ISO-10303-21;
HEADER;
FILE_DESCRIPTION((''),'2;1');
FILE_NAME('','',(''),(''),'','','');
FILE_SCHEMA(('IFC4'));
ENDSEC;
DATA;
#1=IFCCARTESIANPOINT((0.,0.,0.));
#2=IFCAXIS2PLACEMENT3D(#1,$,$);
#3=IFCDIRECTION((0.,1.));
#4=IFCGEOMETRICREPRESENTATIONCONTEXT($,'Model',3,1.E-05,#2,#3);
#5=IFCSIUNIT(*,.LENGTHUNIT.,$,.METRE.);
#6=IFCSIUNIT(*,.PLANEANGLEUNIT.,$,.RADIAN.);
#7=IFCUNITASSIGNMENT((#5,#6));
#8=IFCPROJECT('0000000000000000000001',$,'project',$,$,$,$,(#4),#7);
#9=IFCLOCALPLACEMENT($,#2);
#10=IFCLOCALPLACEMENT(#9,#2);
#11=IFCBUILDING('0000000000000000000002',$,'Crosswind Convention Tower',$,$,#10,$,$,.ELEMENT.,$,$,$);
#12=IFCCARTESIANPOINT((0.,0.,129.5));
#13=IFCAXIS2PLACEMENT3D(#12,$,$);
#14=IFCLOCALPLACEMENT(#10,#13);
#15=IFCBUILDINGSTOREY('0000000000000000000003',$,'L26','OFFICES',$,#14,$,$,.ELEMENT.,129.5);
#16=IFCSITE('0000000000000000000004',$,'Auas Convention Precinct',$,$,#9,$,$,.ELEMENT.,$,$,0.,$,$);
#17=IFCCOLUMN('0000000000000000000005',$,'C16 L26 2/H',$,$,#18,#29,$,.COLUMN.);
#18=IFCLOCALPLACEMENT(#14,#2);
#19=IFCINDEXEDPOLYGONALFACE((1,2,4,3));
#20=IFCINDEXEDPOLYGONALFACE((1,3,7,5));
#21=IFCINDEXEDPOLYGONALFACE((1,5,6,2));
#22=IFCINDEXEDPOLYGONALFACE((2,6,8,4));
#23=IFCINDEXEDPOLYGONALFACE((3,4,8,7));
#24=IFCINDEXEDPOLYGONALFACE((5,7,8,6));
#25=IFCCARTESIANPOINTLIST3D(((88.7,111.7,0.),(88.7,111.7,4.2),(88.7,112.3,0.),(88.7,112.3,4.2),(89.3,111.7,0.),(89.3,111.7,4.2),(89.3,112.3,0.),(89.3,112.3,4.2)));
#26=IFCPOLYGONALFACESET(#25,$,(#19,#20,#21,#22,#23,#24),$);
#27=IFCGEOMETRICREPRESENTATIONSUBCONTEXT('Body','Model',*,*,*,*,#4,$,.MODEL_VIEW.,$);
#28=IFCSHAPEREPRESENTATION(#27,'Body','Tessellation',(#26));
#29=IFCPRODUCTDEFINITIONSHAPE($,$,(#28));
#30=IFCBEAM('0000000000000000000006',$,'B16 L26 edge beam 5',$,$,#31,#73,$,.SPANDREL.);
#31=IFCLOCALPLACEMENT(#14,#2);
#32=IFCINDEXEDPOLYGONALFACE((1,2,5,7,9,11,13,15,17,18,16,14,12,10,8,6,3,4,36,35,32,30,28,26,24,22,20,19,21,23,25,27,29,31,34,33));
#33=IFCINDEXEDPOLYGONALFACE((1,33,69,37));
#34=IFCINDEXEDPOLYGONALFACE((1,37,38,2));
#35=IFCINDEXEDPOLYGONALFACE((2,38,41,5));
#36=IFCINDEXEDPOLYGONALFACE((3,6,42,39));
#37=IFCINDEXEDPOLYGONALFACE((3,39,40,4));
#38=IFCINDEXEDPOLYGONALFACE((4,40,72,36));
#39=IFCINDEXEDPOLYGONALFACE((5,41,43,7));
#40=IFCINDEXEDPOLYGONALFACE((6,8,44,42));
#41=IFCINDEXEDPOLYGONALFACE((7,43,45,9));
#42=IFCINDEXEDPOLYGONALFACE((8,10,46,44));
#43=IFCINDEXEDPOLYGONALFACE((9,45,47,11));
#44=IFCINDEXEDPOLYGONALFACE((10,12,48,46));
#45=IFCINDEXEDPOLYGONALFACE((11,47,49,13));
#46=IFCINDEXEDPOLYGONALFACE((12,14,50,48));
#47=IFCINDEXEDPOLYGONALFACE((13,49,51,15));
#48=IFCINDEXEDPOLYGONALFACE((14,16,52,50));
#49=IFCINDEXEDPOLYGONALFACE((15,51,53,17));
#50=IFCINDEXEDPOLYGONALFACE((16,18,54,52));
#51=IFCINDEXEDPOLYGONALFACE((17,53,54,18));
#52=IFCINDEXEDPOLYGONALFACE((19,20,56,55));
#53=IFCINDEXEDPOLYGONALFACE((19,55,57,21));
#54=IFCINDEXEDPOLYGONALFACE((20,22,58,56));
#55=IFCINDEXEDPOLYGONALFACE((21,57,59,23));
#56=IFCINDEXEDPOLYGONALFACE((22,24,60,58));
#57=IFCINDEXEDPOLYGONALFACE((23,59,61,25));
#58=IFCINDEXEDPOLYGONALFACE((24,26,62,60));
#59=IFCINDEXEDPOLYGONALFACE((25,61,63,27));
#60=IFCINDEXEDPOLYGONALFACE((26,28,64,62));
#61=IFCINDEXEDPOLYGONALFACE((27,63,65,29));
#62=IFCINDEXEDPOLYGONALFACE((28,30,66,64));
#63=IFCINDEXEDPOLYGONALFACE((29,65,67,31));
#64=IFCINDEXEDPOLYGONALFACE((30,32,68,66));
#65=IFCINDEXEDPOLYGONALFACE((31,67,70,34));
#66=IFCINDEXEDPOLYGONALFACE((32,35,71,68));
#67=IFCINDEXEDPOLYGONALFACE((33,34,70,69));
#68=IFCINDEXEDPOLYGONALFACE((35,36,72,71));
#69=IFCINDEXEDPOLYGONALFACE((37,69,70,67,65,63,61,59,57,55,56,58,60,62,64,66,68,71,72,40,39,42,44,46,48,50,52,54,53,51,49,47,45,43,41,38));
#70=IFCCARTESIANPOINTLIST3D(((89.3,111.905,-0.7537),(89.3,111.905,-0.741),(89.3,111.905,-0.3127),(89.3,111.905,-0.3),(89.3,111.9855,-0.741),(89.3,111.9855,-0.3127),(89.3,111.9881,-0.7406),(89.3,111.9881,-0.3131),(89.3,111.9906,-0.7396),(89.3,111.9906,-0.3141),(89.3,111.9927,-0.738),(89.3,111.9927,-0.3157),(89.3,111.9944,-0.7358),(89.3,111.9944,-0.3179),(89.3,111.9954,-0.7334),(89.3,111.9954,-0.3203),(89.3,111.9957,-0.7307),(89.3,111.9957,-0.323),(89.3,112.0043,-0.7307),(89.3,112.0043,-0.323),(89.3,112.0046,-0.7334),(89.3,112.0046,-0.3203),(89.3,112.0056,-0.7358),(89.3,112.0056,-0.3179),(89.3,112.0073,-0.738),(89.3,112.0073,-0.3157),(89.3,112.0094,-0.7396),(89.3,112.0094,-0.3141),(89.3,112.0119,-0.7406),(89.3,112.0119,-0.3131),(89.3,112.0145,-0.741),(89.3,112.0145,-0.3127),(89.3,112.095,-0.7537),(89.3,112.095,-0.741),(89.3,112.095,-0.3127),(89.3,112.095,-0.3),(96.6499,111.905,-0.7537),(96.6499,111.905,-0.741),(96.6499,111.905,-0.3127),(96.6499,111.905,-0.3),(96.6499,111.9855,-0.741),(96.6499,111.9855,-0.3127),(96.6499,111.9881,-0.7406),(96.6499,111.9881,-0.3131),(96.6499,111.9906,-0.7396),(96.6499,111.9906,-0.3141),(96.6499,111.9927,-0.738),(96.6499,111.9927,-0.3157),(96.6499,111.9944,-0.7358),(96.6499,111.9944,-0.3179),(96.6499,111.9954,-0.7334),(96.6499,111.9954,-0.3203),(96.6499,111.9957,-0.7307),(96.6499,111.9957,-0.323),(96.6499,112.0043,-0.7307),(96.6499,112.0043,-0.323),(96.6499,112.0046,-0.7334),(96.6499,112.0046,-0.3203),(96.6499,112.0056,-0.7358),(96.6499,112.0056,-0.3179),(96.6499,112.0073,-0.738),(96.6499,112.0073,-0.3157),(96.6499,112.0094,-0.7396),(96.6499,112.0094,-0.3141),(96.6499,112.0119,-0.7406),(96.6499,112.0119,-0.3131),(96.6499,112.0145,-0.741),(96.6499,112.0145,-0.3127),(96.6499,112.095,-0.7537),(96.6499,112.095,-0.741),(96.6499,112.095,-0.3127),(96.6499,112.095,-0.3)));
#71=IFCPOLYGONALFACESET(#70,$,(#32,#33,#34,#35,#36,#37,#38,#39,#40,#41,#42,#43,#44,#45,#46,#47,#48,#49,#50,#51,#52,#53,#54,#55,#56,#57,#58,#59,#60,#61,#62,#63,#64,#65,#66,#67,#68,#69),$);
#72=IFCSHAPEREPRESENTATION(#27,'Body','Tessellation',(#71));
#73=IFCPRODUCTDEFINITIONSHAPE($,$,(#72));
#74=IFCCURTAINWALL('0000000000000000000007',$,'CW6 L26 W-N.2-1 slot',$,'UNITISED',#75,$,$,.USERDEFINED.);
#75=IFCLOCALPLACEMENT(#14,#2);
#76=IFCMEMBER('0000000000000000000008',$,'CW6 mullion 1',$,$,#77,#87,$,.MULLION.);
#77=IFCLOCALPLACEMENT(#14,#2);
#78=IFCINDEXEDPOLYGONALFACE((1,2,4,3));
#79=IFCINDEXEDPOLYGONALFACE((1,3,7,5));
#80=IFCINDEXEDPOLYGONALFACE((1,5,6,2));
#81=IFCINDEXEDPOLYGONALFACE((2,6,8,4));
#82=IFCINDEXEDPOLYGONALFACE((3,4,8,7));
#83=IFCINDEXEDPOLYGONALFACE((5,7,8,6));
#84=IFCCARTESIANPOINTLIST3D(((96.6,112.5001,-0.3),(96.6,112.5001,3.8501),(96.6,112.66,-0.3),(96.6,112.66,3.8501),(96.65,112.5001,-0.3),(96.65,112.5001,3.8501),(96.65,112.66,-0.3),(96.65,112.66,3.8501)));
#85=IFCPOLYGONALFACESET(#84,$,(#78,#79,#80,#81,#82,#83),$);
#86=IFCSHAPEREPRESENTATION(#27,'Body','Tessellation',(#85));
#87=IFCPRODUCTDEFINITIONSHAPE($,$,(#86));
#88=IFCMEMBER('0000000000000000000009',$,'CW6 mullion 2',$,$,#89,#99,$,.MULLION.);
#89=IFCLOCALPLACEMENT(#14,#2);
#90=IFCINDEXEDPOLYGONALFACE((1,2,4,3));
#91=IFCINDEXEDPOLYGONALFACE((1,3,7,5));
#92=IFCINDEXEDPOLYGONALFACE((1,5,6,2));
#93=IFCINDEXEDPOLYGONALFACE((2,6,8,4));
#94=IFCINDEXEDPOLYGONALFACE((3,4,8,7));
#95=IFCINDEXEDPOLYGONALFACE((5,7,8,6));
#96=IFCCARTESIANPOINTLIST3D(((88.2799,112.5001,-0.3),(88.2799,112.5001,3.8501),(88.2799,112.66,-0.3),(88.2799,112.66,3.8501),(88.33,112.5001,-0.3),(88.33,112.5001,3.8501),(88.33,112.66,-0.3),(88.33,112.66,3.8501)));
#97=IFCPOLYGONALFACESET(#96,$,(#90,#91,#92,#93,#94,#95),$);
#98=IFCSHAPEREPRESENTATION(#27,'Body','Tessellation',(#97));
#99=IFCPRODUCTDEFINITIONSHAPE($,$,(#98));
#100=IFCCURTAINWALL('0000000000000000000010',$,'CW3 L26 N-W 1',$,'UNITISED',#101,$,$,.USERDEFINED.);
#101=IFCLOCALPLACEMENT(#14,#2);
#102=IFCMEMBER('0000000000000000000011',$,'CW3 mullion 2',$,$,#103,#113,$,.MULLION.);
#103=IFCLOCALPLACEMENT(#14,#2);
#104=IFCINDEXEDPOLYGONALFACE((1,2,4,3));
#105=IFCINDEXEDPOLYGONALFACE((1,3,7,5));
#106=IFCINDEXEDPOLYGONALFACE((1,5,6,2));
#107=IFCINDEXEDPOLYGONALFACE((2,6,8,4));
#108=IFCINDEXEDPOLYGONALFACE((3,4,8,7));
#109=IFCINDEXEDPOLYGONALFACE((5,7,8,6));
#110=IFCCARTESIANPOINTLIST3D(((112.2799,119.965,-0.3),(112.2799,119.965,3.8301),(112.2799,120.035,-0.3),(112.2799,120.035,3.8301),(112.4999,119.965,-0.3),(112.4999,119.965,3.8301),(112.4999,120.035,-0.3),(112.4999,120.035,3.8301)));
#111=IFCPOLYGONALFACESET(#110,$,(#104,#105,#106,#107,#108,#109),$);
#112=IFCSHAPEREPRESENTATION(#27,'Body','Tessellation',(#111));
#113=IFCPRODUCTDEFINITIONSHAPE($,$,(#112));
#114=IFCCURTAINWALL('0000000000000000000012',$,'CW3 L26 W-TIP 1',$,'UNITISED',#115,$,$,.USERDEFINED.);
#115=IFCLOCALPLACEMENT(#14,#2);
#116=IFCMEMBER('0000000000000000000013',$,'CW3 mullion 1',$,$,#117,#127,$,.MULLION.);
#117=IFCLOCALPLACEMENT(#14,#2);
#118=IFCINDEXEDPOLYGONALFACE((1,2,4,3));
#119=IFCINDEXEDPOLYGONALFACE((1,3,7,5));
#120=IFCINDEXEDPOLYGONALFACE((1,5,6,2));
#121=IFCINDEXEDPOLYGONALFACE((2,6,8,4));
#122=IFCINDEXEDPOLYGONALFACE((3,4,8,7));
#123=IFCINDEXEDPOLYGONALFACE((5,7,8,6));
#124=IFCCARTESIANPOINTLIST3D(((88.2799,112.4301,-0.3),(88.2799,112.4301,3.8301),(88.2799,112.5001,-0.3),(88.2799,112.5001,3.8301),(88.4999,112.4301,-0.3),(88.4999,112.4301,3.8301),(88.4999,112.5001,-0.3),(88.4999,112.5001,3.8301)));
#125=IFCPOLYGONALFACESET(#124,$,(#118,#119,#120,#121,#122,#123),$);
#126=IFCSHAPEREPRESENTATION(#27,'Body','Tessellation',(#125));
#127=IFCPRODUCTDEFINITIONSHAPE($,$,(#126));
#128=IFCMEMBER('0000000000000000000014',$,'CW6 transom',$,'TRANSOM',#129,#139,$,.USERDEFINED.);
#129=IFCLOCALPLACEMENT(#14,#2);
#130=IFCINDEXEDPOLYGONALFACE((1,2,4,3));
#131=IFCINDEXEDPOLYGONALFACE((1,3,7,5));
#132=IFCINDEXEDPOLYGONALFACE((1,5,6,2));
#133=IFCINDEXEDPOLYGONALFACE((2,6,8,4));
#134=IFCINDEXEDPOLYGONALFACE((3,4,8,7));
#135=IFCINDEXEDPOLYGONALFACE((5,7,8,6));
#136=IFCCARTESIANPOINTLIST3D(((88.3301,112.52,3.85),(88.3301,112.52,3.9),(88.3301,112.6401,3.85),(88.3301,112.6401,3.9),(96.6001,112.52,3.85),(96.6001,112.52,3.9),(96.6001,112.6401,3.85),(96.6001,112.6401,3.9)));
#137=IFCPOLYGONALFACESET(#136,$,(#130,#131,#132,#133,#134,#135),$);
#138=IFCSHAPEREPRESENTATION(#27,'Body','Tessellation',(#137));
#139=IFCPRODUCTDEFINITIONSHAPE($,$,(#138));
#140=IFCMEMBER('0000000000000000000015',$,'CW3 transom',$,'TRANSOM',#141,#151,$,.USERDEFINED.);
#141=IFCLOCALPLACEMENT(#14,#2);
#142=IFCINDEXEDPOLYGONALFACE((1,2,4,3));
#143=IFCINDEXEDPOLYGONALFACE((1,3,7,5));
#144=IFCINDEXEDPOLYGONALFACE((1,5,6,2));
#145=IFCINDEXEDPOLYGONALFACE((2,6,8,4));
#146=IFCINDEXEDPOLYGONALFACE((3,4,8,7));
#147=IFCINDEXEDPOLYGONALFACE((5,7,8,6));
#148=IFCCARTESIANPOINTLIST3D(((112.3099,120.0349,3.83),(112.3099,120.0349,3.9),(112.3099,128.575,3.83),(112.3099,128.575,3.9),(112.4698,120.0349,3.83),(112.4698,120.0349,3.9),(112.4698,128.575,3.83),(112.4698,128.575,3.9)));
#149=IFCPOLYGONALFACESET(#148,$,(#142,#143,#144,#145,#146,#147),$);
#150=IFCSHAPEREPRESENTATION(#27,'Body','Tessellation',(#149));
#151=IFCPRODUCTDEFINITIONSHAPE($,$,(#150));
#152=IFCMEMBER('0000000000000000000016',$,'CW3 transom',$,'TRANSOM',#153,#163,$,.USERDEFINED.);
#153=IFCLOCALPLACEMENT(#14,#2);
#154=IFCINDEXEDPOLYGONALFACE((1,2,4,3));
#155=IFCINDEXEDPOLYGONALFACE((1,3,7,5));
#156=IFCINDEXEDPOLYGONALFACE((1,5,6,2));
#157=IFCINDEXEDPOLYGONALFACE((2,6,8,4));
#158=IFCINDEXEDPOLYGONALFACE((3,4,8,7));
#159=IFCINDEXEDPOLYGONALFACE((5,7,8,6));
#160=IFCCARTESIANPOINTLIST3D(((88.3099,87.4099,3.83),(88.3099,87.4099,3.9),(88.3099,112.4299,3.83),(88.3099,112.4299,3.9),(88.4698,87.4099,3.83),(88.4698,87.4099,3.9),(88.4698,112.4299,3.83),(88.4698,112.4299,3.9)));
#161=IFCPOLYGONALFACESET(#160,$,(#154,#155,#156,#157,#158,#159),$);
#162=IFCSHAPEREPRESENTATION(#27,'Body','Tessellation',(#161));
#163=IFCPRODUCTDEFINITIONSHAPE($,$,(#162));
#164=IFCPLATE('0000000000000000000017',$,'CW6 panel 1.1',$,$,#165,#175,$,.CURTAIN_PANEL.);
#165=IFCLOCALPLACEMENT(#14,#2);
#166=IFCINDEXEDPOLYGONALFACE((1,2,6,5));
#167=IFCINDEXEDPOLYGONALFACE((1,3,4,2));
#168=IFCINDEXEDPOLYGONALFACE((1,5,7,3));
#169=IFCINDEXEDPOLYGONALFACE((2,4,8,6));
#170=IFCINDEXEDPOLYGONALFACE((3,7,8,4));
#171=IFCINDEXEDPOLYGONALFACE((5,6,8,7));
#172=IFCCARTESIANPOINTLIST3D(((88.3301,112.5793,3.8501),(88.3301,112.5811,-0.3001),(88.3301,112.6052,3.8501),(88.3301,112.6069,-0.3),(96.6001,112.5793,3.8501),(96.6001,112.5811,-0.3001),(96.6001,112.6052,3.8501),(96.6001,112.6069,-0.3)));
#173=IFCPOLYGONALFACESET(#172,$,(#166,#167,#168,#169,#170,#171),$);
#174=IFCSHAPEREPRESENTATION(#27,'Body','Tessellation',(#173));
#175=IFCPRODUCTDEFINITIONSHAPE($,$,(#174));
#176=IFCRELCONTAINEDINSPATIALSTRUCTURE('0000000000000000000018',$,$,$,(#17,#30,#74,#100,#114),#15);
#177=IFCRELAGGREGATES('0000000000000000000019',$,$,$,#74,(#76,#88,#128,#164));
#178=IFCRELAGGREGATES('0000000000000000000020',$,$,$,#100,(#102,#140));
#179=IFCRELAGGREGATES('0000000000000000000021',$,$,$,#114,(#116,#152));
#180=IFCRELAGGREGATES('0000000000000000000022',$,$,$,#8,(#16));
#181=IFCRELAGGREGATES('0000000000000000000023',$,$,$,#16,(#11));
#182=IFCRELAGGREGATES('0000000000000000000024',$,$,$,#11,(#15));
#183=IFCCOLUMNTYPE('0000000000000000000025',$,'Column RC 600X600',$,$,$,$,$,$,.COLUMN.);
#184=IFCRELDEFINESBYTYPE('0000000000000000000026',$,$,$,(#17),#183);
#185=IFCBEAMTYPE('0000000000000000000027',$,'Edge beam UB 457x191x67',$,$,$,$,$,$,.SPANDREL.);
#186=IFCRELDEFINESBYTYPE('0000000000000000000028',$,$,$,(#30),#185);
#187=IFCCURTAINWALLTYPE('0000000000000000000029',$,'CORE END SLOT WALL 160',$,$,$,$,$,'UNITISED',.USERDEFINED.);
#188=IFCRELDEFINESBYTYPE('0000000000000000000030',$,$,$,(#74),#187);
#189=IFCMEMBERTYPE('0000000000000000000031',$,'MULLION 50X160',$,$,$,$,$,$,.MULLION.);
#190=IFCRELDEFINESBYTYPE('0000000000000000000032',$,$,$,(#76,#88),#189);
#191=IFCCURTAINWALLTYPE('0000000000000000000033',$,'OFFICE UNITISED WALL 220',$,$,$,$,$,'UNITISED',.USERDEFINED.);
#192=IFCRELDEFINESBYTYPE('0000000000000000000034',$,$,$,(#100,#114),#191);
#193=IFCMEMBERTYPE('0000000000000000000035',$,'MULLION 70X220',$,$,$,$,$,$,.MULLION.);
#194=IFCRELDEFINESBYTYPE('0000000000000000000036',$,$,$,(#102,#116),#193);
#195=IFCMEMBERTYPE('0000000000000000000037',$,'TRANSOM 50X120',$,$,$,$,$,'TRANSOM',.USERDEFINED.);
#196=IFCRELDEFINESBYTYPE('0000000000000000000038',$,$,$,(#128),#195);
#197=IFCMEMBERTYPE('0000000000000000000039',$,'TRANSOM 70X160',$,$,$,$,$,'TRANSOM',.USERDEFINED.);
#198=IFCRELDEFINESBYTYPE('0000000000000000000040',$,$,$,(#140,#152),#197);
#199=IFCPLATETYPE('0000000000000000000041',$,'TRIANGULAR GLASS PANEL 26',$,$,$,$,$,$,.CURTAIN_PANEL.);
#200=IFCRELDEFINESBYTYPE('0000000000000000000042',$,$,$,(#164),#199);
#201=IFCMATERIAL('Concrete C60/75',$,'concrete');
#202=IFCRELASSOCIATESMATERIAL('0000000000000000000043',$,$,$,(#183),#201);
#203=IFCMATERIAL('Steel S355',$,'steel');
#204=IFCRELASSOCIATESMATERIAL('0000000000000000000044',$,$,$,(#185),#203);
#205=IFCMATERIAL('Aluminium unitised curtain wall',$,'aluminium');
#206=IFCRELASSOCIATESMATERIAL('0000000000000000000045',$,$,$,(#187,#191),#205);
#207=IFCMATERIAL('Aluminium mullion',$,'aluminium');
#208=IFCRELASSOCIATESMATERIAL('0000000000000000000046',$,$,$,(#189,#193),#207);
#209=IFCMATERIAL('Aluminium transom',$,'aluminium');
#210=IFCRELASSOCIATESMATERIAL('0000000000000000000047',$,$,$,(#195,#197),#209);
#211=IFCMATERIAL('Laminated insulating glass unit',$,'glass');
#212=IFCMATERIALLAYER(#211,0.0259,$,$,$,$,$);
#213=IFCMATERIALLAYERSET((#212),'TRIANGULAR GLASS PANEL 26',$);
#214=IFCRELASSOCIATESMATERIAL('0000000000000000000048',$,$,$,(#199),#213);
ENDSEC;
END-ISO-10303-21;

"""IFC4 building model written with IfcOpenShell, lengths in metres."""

from ifc_helpers import new_model, si_unit, direction, frame, origin, origin_2d, place, context, subcontext, project, spatial, polyline, rectangle, i_section, outline, extrude, material, layer, layer_set, material_profile, profile_set, type_object, element, aggregate, save


model = new_model("IFC4")

# Units and contexts
model_context = context("Model", 3, precision=1e-05, world=origin(), true_north=direction((0.0, 1.0)))
body_context = subcontext(model_context, "Body", "Model", "MODEL_VIEW")
ifc_project = project(units=[si_unit("LENGTHUNIT", "METRE"), si_unit("PLANEANGLEUNIT", "RADIAN")], contexts=[model_context])

# Site, building, storey
site_placement = place(None, origin())
site = spatial("IfcSite", under=ifc_project, at=site_placement, Name="Auas Convention Precinct", CompositionType="ELEMENT", RefElevation=0.0)
building_placement = place(site_placement, origin())
building = spatial("IfcBuilding", under=site, at=building_placement, Name="Crosswind Convention Tower", CompositionType="ELEMENT")
storey_placement = place(building_placement, frame((0.0, 0.0, 129.5)))
storey = spatial("IfcBuildingStorey", under=building, at=storey_placement, Name="L26", Description="OFFICES", CompositionType="ELEMENT", Elevation=129.5)

# Column
ifc_material_1 = material(Name="Concrete C60/75", Category="concrete")
ifc_material_profile_1 = material_profile(ifc_material_1, rectangle(XDim=0.6001, YDim=0.6001, at=origin_2d()), Name="RC 600X600")
ifc_profile_set_1 = profile_set([ifc_material_profile_1], Name="Concrete C60/75")
column_type = type_object("IfcColumnType", Name="Column RC 600X600", PredefinedType="COLUMN", material=ifc_profile_set_1)
column_placement = place(storey_placement, frame((89.0, 112.0, 0.0), z_axis=(0.0, 0.0, 1.0), x_axis=(1.0, 0.0, 0.0)))
element("IfcColumn", 1, at=column_placement, inside=storey, type_object=column_type, Name="C16 L26 2/H", PredefinedType="COLUMN", context=body_context, shape_type="SweptSolid", body=[
    extrude(rectangle(XDim=0.6001, YDim=0.6001, at=origin_2d()), origin(), (0.0, 0.0, 1.0), 4.2),
])

# Beam
ifc_material_2 = material(Name="Steel S355", Category="steel")
ifc_material_profile_2 = material_profile(ifc_material_2, i_section(OverallWidth=0.1899, OverallDepth=0.4536, WebThickness=0.0085, FlangeThickness=0.0127, FilletRadius=0.0103, at=origin_2d()), Name="UB 457x191x67")
ifc_profile_set_2 = profile_set([ifc_material_profile_2], Name="Steel S355")
beam_type = type_object("IfcBeamType", Name="Edge beam UB 457x191x67", PredefinedType="SPANDREL", material=ifc_profile_set_2)
beam_placement = place(storey_placement, frame((89.3, 112.0, -0.5269), z_axis=(1.0, 0.0, 0.0), x_axis=(0.0, 1.0, 0.0)))
element("IfcBeam", 2, at=beam_placement, inside=storey, type_object=beam_type, Name="B16 L26 edge beam 5", PredefinedType="SPANDREL", context=body_context, shape_type="SweptSolid", body=[
    extrude(i_section(OverallWidth=0.1899, OverallDepth=0.4536, WebThickness=0.0085, FlangeThickness=0.0127, FilletRadius=0.0103, at=origin_2d()), origin(), (0.0, 0.0, 1.0), 7.3499),
])

# Curtain wall, members
ifc_material_3 = material(Name="Aluminium unitised curtain wall", Category="aluminium")
curtain_wall_type_1 = type_object("IfcCurtainWallType", Name="CORE END SLOT WALL 160", ElementType="UNITISED", PredefinedType="USERDEFINED", material=ifc_material_3)
curtain_wall_1_placement = place(storey_placement, origin())
curtain_wall_1 = element("IfcCurtainWall", 3, at=curtain_wall_1_placement, inside=storey, type_object=curtain_wall_type_1, Name="CW6 L26 W-N.2-1 slot", ObjectType="UNITISED", PredefinedType="USERDEFINED")
ifc_material_4 = material(Name="Aluminium mullion", Category="aluminium")
ifc_material_profile_3 = material_profile(ifc_material_4, rectangle(XDim=0.1599, YDim=0.05, at=origin_2d()), Name="AL 160X50")
ifc_profile_set_3 = profile_set([ifc_material_profile_3], Name="Aluminium mullion")
member_type_1 = type_object("IfcMemberType", Name="MULLION 50X160", PredefinedType="MULLION", material=ifc_profile_set_3)
member_1_placement = place(storey_placement, frame((96.625, 112.5801, -0.3), z_axis=(0.0, 0.0, 1.0), x_axis=(0.0, 1.0, 0.0)))
member_1 = element("IfcMember", 4, at=member_1_placement, type_object=member_type_1, Name="CW6 mullion 1", PredefinedType="MULLION", context=body_context, shape_type="SweptSolid", body=[
    extrude(rectangle(XDim=0.1599, YDim=0.05, at=origin_2d()), origin(), (0.0, 0.0, 1.0), 4.1501),
])
member_2_placement = place(storey_placement, frame((88.3049, 112.5801, -0.3), z_axis=(0.0, 0.0, 1.0), x_axis=(0.0, 1.0, 0.0)))
member_2 = element("IfcMember", 5, at=member_2_placement, type_object=member_type_1, Name="CW6 mullion 2", PredefinedType="MULLION", context=body_context, shape_type="SweptSolid", body=[
    extrude(rectangle(XDim=0.1599, YDim=0.05, at=origin_2d()), origin(), (0.0, 0.0, 1.0), 4.1501),
])

# Curtain walls, members
curtain_wall_type_2 = type_object("IfcCurtainWallType", Name="OFFICE UNITISED WALL 220", ElementType="UNITISED", PredefinedType="USERDEFINED", material=ifc_material_3)
curtain_wall_2_placement = place(storey_placement, origin())
curtain_wall_2 = element("IfcCurtainWall", 6, at=curtain_wall_2_placement, inside=storey, type_object=curtain_wall_type_2, Name="CW3 L26 N-W 1", ObjectType="UNITISED", PredefinedType="USERDEFINED")
ifc_material_profile_4 = material_profile(ifc_material_4, rectangle(XDim=0.22, YDim=0.0701, at=origin_2d()), Name="AL 220X70")
ifc_profile_set_4 = profile_set([ifc_material_profile_4], Name="Aluminium mullion")
member_type_2 = type_object("IfcMemberType", Name="MULLION 70X220", PredefinedType="MULLION", material=ifc_profile_set_4)
member_3_placement = place(storey_placement, frame((112.3899, 120.0, -0.3), z_axis=(0.0, 0.0, 1.0), x_axis=(-1.0, 0.0, 0.0)))
member_3 = element("IfcMember", 7, at=member_3_placement, type_object=member_type_2, Name="CW3 mullion 2", PredefinedType="MULLION", context=body_context, shape_type="SweptSolid", body=[
    extrude(rectangle(XDim=0.22, YDim=0.0701, at=origin_2d()), origin(), (0.0, 0.0, 1.0), 4.1301),
])
curtain_wall_3_placement = place(storey_placement, origin())
curtain_wall_3 = element("IfcCurtainWall", 8, at=curtain_wall_3_placement, inside=storey, type_object=curtain_wall_type_2, Name="CW3 L26 W-TIP 1", ObjectType="UNITISED", PredefinedType="USERDEFINED")
member_4_placement = place(storey_placement, frame((88.3899, 112.4651, -0.3), z_axis=(0.0, 0.0, 1.0), x_axis=(-1.0, 0.0, 0.0)))
member_4 = element("IfcMember", 9, at=member_4_placement, type_object=member_type_2, Name="CW3 mullion 1", PredefinedType="MULLION", context=body_context, shape_type="SweptSolid", body=[
    extrude(rectangle(XDim=0.22, YDim=0.0701, at=origin_2d()), origin(), (0.0, 0.0, 1.0), 4.1301),
])

# Members
ifc_material_5 = material(Name="Aluminium transom", Category="aluminium")
ifc_material_profile_5 = material_profile(ifc_material_5, rectangle(XDim=0.1201, YDim=0.05, at=origin_2d()), Name="AL 120X50")
ifc_profile_set_5 = profile_set([ifc_material_profile_5], Name="Aluminium transom")
member_type_3 = type_object("IfcMemberType", Name="TRANSOM 50X120", ElementType="TRANSOM", PredefinedType="USERDEFINED", material=ifc_profile_set_5)
member_5_placement = place(storey_placement, frame((96.6001, 112.5801, 3.875), z_axis=(-1.0, 0.0, 0.0), x_axis=(0.0, -1.0, 0.0)))
member_5 = element("IfcMember", 10, at=member_5_placement, type_object=member_type_3, Name="CW6 transom", ObjectType="TRANSOM", PredefinedType="USERDEFINED", context=body_context, shape_type="SweptSolid", body=[
    extrude(rectangle(XDim=0.1201, YDim=0.05, at=origin_2d()), origin(), (0.0, 0.0, 1.0), 8.27),
])
ifc_material_profile_6 = material_profile(ifc_material_5, rectangle(XDim=0.1599, YDim=0.0701, at=origin_2d()), Name="AL 160X70")
ifc_profile_set_6 = profile_set([ifc_material_profile_6], Name="Aluminium transom")
member_type_4 = type_object("IfcMemberType", Name="TRANSOM 70X160", ElementType="TRANSOM", PredefinedType="USERDEFINED", material=ifc_profile_set_6)
member_6_placement = place(storey_placement, frame((112.3899, 128.575, 3.865), z_axis=(0.0, -1.0, 0.0), x_axis=(1.0, 0.0, 0.0)))
member_6 = element("IfcMember", 11, at=member_6_placement, type_object=member_type_4, Name="CW3 transom", ObjectType="TRANSOM", PredefinedType="USERDEFINED", context=body_context, shape_type="SweptSolid", body=[
    extrude(rectangle(XDim=0.1599, YDim=0.0701, at=origin_2d()), origin(), (0.0, 0.0, 1.0), 8.54),
])
member_7_placement = place(storey_placement, frame((88.3899, 112.4299, 3.865), z_axis=(0.0, -1.0, 0.0), x_axis=(1.0, 0.0, 0.0)))
member_7 = element("IfcMember", 12, at=member_7_placement, type_object=member_type_4, Name="CW3 transom", ObjectType="TRANSOM", PredefinedType="USERDEFINED", context=body_context, shape_type="SweptSolid", body=[
    extrude(rectangle(XDim=0.1599, YDim=0.0701, at=origin_2d()), origin(), (0.0, 0.0, 1.0), 25.02),
])

# Plate
ifc_material_6 = material(Name="Laminated insulating glass unit", Category="glass")
ifc_layer_1 = layer(ifc_material_6, 0.0259)
ifc_layer_set_1 = layer_set([ifc_layer_1], Name="TRIANGULAR GLASS PANEL 26")
plate_type_1 = type_object("IfcPlateType", Name="TRIANGULAR GLASS PANEL 26", PredefinedType="CURTAIN_PANEL", material=ifc_layer_set_1)
plate_1_placement = place(storey_placement, frame((96.6001, 112.6069, -0.3), z_axis=(0.0, 1.0, 0.000412), x_axis=(-1.0, 0.0, 0.0)))
plate_1 = element("IfcPlate", 13, at=plate_1_placement, type_object=plate_type_1, Name="CW6 panel 1.1", PredefinedType="CURTAIN_PANEL", context=body_context, shape_type="SweptSolid", body=[
    extrude(outline(polyline([(0.0, 0.0), (8.27, 0.0), (8.27, 4.1501), (0.0, 4.1501), (0.0, 0.0)])), origin(), (0.0, 0.0, -1.0), 0.0259),
])
aggregate(curtain_wall_1, [member_1, member_2, member_5, plate_1])

aggregate(curtain_wall_2, [member_3, member_6])
aggregate(curtain_wall_3, [member_4, member_7])

save(model, "model.ifc")
